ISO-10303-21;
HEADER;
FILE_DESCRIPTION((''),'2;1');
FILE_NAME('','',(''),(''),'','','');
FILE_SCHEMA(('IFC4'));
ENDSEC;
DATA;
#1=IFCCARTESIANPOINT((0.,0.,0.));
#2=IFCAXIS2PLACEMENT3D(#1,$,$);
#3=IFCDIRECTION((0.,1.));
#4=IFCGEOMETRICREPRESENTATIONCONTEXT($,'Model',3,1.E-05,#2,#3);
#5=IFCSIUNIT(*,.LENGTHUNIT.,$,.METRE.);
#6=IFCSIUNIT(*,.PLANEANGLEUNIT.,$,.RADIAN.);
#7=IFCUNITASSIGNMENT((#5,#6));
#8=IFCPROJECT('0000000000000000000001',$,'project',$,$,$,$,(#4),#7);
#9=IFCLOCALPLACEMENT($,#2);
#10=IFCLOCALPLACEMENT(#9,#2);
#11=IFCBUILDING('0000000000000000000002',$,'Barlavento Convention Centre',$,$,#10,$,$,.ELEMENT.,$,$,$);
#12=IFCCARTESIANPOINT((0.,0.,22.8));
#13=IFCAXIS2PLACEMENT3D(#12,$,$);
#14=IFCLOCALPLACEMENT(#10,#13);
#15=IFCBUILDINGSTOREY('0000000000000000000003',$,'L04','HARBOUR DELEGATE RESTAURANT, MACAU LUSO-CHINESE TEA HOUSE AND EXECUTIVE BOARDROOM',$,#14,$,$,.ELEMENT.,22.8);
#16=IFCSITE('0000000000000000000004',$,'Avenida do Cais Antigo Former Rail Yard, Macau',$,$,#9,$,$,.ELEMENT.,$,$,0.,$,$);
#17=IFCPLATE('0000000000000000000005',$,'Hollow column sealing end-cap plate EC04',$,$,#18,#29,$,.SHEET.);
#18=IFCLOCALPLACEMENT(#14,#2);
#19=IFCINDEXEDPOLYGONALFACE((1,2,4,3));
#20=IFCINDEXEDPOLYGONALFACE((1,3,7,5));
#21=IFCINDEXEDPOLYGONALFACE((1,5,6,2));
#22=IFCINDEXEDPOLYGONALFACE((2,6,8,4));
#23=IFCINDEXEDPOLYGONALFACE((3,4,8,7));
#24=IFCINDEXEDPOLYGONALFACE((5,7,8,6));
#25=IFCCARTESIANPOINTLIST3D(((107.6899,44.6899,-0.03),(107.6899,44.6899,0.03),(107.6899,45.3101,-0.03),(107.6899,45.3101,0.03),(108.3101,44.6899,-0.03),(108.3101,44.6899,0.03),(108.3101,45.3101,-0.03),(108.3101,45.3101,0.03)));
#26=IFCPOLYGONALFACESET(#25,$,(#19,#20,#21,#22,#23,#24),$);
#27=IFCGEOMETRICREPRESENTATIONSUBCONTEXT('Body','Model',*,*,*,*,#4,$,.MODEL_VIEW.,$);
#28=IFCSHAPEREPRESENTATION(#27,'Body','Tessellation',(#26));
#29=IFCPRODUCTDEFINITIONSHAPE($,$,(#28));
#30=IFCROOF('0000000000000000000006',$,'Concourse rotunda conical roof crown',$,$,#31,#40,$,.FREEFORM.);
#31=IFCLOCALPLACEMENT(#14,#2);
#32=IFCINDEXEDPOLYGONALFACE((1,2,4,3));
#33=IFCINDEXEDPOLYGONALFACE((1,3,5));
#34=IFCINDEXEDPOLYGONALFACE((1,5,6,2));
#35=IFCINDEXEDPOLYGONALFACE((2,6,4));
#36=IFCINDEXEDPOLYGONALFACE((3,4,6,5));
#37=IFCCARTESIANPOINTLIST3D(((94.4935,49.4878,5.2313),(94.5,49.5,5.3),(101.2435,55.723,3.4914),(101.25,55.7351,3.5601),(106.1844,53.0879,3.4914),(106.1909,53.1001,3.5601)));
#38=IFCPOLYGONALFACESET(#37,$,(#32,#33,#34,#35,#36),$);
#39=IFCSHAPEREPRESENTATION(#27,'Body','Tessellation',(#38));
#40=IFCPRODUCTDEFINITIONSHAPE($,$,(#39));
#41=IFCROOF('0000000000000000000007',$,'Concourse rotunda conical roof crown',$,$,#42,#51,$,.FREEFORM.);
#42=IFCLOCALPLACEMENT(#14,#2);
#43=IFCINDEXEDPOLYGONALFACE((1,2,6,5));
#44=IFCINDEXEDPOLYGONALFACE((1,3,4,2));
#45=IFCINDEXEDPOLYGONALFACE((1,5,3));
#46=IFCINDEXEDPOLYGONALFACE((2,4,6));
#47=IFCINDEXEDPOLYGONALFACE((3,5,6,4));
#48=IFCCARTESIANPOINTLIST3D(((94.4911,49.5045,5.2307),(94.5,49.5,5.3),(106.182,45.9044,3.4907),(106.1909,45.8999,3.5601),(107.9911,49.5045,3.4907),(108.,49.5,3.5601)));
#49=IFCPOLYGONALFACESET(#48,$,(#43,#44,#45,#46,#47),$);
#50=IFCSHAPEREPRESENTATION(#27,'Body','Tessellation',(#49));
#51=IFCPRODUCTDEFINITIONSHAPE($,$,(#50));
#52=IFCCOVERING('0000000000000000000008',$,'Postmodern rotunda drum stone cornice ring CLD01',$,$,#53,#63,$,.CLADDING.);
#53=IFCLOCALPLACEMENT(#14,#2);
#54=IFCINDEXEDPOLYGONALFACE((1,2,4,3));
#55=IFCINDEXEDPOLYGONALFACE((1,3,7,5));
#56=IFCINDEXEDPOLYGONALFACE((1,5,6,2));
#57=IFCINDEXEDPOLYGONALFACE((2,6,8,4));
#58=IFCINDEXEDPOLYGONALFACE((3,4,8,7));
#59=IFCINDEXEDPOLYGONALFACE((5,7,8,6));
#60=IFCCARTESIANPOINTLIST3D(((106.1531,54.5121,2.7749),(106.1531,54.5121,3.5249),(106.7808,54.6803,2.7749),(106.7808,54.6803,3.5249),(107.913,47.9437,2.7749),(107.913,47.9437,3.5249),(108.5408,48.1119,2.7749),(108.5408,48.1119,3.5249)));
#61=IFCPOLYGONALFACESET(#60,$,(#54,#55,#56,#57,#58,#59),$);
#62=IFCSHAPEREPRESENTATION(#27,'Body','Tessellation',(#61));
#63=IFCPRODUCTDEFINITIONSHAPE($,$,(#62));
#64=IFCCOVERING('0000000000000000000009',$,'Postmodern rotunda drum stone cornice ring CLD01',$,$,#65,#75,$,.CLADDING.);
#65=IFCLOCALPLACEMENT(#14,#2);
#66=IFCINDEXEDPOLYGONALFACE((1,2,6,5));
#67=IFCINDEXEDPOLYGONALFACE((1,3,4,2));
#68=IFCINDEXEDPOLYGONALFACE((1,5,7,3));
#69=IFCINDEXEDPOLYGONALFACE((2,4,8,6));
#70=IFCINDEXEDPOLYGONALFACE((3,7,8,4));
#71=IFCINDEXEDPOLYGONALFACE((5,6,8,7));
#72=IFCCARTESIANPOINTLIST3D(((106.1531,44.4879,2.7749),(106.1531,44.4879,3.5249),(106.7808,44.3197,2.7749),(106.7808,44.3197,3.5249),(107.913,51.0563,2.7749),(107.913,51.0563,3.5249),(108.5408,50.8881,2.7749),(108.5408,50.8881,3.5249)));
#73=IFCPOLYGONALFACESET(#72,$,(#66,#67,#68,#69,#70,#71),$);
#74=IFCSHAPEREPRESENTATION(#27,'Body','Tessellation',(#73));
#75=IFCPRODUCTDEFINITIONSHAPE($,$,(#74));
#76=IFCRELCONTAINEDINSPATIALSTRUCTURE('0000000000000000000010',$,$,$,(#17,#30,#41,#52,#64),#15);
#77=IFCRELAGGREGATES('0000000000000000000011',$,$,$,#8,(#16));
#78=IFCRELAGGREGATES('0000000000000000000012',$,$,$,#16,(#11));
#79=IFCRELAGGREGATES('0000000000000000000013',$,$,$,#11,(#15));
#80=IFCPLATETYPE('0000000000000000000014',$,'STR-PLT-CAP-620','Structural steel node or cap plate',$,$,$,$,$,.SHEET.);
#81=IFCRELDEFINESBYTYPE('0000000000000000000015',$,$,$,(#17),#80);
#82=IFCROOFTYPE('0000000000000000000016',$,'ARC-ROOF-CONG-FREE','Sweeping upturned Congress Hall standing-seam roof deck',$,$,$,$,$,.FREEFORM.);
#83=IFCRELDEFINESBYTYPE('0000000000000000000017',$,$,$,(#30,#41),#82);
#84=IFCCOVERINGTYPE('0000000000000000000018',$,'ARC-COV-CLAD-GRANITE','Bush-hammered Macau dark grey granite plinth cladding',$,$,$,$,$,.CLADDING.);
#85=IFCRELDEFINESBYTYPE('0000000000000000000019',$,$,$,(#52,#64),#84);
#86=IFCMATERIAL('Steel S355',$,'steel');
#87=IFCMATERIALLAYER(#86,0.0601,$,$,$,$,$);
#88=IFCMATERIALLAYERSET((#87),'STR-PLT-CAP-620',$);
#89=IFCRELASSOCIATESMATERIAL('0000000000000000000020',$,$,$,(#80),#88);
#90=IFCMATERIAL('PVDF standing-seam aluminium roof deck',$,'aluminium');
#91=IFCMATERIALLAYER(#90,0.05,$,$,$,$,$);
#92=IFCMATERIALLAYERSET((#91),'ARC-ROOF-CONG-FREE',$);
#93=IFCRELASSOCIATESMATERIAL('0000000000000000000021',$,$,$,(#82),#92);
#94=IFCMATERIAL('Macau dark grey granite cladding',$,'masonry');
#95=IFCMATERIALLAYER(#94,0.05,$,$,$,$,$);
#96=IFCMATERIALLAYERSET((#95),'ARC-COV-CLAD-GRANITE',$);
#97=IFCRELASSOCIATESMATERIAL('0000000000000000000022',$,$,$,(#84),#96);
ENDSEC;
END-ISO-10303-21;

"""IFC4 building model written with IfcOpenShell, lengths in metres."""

from ifc_helpers import new_model, si_unit, direction, frame, origin, origin_2d, place, context, subcontext, project, spatial, polyline, rectangle, outline, extrude, material, layer, layer_set, type_object, element, save


model = new_model("IFC4")

# Units and contexts
model_context = context("Model", 3, precision=1e-05, world=origin(), true_north=direction((0.0, 1.0)))
body_context = subcontext(model_context, "Body", "Model", "MODEL_VIEW")
ifc_project = project(units=[si_unit("LENGTHUNIT", "METRE"), si_unit("PLANEANGLEUNIT", "RADIAN")], contexts=[model_context])

# Site, building, storey
site_placement = place(None, origin())
site = spatial("IfcSite", under=ifc_project, at=site_placement, Name="Avenida do Cais Antigo Former Rail Yard, Macau", CompositionType="ELEMENT", RefElevation=0.0)
building_placement = place(site_placement, origin())
building = spatial("IfcBuilding", under=site, at=building_placement, Name="Barlavento Convention Centre", CompositionType="ELEMENT")
storey_placement = place(building_placement, frame((0.0, 0.0, 22.8)))
storey = spatial("IfcBuildingStorey", under=building, at=storey_placement, Name="L04", Description="HARBOUR DELEGATE RESTAURANT, MACAU LUSO-CHINESE TEA HOUSE AND EXECUTIVE BOARDROOM", CompositionType="ELEMENT", Elevation=22.8)

# Shared definitions
ifc_material_1 = material(Name="Steel S355", Category="steel")

# Plate
ifc_layer_1 = layer(ifc_material_1, 0.0601)
ifc_layer_set_1 = layer_set([ifc_layer_1], Name="STR-PLT-CAP-620")
plate_type_1 = type_object("IfcPlateType", Name="STR-PLT-CAP-620", Description="Structural steel node or cap plate", PredefinedType="SHEET", material=ifc_layer_set_1)
for number, where, z_axis, x_axis, name in (
    (1, (108.0, 45.0, -0.03), (0.0, 0.0, 1.0), (1.0, 0.0, 0.0), "Hollow column sealing end-cap plate EC04"),
):
    element("IfcPlate", number, at=place(storey_placement, frame(where, z_axis=z_axis, x_axis=x_axis)), inside=storey, type_object=plate_type_1, Name=name, PredefinedType="SHEET", context=body_context, shape_type="SweptSolid", body=[
        extrude(rectangle(XDim=0.6201, YDim=0.6201, at=origin_2d()), origin(), (0.0, 0.0, 1.0), 0.0601),
    ])

# Roofs
ifc_material_2 = material(Name="PVDF standing-seam aluminium roof deck", Category="aluminium")
ifc_layer_2 = layer(ifc_material_2, 0.05)
ifc_layer_set_2 = layer_set([ifc_layer_2], Name="ARC-ROOF-CONG-FREE")
roof_type = type_object("IfcRoofType", Name="ARC-ROOF-CONG-FREE", Description="Sweeping upturned Congress Hall standing-seam roof deck", PredefinedType="FREEFORM", material=ifc_layer_set_2)
roof_1_placement = place(storey_placement, frame((106.1909, 53.1001, 3.5601), z_axis=(0.092511, 0.173467, 0.980485), x_axis=(-0.882364, 0.470568, 0.0)))
element("IfcRoof", 2, at=roof_1_placement, inside=storey, type_object=roof_type, Name="Concourse rotunda conical roof crown", PredefinedType="FREEFORM", context=body_context, shape_type="SweptSolid", body=[
    extrude(outline(polyline([(0.0, 0.0), (5.5996, 0.0), (8.6216, 8.8507), (0.0, 0.0)])), origin(), (0.0, 0.0, -1.0), 0.0701),
])
roof_2_placement = place(storey_placement, frame((106.1909, 45.8999, 3.5601), z_axis=(0.127568, -0.064104, 0.989756), x_axis=(0.449006, 0.893529, 0.0)))
element("IfcRoof", 3, at=roof_2_placement, inside=storey, type_object=roof_type, Name="Concourse rotunda conical roof crown", PredefinedType="FREEFORM", context=body_context, shape_type="SweptSolid", body=[
    extrude(outline(polyline([(0.0, 0.0), (4.0291, 0.0), (-2.0325, 12.1875), (0.0, 0.0)])), origin(), (0.0, 0.0, -1.0), 0.0701),
])

# Coverings
ifc_material_3 = material(Name="Macau dark grey granite cladding", Category="masonry")
ifc_layer_3 = layer(ifc_material_3, 0.05)
ifc_layer_set_3 = layer_set([ifc_layer_3], Name="ARC-COV-CLAD-GRANITE")
covering_type = type_object("IfcCoveringType", Name="ARC-COV-CLAD-GRANITE", Description="Bush-hammered Macau dark grey granite plinth cladding", PredefinedType="CLADDING", material=ifc_layer_set_3)
for number, where, z_axis, x_axis, name in (
    (4, (107.3469, 51.312, 2.7749), (0.0, 0.0, 1.0), (-0.258819, 0.965926, 0.0), "Postmodern rotunda drum stone cornice ring CLD01"),
    (5, (107.3469, 47.688, 2.7749), (0.0, 0.0, 1.0), (0.258819, 0.965926, 0.0), "Postmodern rotunda drum stone cornice ring CLD01"),
):
    element("IfcCovering", number, at=place(storey_placement, frame(where, z_axis=z_axis, x_axis=x_axis)), inside=storey, type_object=covering_type, Name=name, PredefinedType="CLADDING", context=body_context, shape_type="SweptSolid", body=[
        extrude(rectangle(XDim=6.8, YDim=0.6499, at=origin_2d()), origin(), (0.0, 0.0, 1.0), 0.75),
    ])

save(model, "model.ifc")
